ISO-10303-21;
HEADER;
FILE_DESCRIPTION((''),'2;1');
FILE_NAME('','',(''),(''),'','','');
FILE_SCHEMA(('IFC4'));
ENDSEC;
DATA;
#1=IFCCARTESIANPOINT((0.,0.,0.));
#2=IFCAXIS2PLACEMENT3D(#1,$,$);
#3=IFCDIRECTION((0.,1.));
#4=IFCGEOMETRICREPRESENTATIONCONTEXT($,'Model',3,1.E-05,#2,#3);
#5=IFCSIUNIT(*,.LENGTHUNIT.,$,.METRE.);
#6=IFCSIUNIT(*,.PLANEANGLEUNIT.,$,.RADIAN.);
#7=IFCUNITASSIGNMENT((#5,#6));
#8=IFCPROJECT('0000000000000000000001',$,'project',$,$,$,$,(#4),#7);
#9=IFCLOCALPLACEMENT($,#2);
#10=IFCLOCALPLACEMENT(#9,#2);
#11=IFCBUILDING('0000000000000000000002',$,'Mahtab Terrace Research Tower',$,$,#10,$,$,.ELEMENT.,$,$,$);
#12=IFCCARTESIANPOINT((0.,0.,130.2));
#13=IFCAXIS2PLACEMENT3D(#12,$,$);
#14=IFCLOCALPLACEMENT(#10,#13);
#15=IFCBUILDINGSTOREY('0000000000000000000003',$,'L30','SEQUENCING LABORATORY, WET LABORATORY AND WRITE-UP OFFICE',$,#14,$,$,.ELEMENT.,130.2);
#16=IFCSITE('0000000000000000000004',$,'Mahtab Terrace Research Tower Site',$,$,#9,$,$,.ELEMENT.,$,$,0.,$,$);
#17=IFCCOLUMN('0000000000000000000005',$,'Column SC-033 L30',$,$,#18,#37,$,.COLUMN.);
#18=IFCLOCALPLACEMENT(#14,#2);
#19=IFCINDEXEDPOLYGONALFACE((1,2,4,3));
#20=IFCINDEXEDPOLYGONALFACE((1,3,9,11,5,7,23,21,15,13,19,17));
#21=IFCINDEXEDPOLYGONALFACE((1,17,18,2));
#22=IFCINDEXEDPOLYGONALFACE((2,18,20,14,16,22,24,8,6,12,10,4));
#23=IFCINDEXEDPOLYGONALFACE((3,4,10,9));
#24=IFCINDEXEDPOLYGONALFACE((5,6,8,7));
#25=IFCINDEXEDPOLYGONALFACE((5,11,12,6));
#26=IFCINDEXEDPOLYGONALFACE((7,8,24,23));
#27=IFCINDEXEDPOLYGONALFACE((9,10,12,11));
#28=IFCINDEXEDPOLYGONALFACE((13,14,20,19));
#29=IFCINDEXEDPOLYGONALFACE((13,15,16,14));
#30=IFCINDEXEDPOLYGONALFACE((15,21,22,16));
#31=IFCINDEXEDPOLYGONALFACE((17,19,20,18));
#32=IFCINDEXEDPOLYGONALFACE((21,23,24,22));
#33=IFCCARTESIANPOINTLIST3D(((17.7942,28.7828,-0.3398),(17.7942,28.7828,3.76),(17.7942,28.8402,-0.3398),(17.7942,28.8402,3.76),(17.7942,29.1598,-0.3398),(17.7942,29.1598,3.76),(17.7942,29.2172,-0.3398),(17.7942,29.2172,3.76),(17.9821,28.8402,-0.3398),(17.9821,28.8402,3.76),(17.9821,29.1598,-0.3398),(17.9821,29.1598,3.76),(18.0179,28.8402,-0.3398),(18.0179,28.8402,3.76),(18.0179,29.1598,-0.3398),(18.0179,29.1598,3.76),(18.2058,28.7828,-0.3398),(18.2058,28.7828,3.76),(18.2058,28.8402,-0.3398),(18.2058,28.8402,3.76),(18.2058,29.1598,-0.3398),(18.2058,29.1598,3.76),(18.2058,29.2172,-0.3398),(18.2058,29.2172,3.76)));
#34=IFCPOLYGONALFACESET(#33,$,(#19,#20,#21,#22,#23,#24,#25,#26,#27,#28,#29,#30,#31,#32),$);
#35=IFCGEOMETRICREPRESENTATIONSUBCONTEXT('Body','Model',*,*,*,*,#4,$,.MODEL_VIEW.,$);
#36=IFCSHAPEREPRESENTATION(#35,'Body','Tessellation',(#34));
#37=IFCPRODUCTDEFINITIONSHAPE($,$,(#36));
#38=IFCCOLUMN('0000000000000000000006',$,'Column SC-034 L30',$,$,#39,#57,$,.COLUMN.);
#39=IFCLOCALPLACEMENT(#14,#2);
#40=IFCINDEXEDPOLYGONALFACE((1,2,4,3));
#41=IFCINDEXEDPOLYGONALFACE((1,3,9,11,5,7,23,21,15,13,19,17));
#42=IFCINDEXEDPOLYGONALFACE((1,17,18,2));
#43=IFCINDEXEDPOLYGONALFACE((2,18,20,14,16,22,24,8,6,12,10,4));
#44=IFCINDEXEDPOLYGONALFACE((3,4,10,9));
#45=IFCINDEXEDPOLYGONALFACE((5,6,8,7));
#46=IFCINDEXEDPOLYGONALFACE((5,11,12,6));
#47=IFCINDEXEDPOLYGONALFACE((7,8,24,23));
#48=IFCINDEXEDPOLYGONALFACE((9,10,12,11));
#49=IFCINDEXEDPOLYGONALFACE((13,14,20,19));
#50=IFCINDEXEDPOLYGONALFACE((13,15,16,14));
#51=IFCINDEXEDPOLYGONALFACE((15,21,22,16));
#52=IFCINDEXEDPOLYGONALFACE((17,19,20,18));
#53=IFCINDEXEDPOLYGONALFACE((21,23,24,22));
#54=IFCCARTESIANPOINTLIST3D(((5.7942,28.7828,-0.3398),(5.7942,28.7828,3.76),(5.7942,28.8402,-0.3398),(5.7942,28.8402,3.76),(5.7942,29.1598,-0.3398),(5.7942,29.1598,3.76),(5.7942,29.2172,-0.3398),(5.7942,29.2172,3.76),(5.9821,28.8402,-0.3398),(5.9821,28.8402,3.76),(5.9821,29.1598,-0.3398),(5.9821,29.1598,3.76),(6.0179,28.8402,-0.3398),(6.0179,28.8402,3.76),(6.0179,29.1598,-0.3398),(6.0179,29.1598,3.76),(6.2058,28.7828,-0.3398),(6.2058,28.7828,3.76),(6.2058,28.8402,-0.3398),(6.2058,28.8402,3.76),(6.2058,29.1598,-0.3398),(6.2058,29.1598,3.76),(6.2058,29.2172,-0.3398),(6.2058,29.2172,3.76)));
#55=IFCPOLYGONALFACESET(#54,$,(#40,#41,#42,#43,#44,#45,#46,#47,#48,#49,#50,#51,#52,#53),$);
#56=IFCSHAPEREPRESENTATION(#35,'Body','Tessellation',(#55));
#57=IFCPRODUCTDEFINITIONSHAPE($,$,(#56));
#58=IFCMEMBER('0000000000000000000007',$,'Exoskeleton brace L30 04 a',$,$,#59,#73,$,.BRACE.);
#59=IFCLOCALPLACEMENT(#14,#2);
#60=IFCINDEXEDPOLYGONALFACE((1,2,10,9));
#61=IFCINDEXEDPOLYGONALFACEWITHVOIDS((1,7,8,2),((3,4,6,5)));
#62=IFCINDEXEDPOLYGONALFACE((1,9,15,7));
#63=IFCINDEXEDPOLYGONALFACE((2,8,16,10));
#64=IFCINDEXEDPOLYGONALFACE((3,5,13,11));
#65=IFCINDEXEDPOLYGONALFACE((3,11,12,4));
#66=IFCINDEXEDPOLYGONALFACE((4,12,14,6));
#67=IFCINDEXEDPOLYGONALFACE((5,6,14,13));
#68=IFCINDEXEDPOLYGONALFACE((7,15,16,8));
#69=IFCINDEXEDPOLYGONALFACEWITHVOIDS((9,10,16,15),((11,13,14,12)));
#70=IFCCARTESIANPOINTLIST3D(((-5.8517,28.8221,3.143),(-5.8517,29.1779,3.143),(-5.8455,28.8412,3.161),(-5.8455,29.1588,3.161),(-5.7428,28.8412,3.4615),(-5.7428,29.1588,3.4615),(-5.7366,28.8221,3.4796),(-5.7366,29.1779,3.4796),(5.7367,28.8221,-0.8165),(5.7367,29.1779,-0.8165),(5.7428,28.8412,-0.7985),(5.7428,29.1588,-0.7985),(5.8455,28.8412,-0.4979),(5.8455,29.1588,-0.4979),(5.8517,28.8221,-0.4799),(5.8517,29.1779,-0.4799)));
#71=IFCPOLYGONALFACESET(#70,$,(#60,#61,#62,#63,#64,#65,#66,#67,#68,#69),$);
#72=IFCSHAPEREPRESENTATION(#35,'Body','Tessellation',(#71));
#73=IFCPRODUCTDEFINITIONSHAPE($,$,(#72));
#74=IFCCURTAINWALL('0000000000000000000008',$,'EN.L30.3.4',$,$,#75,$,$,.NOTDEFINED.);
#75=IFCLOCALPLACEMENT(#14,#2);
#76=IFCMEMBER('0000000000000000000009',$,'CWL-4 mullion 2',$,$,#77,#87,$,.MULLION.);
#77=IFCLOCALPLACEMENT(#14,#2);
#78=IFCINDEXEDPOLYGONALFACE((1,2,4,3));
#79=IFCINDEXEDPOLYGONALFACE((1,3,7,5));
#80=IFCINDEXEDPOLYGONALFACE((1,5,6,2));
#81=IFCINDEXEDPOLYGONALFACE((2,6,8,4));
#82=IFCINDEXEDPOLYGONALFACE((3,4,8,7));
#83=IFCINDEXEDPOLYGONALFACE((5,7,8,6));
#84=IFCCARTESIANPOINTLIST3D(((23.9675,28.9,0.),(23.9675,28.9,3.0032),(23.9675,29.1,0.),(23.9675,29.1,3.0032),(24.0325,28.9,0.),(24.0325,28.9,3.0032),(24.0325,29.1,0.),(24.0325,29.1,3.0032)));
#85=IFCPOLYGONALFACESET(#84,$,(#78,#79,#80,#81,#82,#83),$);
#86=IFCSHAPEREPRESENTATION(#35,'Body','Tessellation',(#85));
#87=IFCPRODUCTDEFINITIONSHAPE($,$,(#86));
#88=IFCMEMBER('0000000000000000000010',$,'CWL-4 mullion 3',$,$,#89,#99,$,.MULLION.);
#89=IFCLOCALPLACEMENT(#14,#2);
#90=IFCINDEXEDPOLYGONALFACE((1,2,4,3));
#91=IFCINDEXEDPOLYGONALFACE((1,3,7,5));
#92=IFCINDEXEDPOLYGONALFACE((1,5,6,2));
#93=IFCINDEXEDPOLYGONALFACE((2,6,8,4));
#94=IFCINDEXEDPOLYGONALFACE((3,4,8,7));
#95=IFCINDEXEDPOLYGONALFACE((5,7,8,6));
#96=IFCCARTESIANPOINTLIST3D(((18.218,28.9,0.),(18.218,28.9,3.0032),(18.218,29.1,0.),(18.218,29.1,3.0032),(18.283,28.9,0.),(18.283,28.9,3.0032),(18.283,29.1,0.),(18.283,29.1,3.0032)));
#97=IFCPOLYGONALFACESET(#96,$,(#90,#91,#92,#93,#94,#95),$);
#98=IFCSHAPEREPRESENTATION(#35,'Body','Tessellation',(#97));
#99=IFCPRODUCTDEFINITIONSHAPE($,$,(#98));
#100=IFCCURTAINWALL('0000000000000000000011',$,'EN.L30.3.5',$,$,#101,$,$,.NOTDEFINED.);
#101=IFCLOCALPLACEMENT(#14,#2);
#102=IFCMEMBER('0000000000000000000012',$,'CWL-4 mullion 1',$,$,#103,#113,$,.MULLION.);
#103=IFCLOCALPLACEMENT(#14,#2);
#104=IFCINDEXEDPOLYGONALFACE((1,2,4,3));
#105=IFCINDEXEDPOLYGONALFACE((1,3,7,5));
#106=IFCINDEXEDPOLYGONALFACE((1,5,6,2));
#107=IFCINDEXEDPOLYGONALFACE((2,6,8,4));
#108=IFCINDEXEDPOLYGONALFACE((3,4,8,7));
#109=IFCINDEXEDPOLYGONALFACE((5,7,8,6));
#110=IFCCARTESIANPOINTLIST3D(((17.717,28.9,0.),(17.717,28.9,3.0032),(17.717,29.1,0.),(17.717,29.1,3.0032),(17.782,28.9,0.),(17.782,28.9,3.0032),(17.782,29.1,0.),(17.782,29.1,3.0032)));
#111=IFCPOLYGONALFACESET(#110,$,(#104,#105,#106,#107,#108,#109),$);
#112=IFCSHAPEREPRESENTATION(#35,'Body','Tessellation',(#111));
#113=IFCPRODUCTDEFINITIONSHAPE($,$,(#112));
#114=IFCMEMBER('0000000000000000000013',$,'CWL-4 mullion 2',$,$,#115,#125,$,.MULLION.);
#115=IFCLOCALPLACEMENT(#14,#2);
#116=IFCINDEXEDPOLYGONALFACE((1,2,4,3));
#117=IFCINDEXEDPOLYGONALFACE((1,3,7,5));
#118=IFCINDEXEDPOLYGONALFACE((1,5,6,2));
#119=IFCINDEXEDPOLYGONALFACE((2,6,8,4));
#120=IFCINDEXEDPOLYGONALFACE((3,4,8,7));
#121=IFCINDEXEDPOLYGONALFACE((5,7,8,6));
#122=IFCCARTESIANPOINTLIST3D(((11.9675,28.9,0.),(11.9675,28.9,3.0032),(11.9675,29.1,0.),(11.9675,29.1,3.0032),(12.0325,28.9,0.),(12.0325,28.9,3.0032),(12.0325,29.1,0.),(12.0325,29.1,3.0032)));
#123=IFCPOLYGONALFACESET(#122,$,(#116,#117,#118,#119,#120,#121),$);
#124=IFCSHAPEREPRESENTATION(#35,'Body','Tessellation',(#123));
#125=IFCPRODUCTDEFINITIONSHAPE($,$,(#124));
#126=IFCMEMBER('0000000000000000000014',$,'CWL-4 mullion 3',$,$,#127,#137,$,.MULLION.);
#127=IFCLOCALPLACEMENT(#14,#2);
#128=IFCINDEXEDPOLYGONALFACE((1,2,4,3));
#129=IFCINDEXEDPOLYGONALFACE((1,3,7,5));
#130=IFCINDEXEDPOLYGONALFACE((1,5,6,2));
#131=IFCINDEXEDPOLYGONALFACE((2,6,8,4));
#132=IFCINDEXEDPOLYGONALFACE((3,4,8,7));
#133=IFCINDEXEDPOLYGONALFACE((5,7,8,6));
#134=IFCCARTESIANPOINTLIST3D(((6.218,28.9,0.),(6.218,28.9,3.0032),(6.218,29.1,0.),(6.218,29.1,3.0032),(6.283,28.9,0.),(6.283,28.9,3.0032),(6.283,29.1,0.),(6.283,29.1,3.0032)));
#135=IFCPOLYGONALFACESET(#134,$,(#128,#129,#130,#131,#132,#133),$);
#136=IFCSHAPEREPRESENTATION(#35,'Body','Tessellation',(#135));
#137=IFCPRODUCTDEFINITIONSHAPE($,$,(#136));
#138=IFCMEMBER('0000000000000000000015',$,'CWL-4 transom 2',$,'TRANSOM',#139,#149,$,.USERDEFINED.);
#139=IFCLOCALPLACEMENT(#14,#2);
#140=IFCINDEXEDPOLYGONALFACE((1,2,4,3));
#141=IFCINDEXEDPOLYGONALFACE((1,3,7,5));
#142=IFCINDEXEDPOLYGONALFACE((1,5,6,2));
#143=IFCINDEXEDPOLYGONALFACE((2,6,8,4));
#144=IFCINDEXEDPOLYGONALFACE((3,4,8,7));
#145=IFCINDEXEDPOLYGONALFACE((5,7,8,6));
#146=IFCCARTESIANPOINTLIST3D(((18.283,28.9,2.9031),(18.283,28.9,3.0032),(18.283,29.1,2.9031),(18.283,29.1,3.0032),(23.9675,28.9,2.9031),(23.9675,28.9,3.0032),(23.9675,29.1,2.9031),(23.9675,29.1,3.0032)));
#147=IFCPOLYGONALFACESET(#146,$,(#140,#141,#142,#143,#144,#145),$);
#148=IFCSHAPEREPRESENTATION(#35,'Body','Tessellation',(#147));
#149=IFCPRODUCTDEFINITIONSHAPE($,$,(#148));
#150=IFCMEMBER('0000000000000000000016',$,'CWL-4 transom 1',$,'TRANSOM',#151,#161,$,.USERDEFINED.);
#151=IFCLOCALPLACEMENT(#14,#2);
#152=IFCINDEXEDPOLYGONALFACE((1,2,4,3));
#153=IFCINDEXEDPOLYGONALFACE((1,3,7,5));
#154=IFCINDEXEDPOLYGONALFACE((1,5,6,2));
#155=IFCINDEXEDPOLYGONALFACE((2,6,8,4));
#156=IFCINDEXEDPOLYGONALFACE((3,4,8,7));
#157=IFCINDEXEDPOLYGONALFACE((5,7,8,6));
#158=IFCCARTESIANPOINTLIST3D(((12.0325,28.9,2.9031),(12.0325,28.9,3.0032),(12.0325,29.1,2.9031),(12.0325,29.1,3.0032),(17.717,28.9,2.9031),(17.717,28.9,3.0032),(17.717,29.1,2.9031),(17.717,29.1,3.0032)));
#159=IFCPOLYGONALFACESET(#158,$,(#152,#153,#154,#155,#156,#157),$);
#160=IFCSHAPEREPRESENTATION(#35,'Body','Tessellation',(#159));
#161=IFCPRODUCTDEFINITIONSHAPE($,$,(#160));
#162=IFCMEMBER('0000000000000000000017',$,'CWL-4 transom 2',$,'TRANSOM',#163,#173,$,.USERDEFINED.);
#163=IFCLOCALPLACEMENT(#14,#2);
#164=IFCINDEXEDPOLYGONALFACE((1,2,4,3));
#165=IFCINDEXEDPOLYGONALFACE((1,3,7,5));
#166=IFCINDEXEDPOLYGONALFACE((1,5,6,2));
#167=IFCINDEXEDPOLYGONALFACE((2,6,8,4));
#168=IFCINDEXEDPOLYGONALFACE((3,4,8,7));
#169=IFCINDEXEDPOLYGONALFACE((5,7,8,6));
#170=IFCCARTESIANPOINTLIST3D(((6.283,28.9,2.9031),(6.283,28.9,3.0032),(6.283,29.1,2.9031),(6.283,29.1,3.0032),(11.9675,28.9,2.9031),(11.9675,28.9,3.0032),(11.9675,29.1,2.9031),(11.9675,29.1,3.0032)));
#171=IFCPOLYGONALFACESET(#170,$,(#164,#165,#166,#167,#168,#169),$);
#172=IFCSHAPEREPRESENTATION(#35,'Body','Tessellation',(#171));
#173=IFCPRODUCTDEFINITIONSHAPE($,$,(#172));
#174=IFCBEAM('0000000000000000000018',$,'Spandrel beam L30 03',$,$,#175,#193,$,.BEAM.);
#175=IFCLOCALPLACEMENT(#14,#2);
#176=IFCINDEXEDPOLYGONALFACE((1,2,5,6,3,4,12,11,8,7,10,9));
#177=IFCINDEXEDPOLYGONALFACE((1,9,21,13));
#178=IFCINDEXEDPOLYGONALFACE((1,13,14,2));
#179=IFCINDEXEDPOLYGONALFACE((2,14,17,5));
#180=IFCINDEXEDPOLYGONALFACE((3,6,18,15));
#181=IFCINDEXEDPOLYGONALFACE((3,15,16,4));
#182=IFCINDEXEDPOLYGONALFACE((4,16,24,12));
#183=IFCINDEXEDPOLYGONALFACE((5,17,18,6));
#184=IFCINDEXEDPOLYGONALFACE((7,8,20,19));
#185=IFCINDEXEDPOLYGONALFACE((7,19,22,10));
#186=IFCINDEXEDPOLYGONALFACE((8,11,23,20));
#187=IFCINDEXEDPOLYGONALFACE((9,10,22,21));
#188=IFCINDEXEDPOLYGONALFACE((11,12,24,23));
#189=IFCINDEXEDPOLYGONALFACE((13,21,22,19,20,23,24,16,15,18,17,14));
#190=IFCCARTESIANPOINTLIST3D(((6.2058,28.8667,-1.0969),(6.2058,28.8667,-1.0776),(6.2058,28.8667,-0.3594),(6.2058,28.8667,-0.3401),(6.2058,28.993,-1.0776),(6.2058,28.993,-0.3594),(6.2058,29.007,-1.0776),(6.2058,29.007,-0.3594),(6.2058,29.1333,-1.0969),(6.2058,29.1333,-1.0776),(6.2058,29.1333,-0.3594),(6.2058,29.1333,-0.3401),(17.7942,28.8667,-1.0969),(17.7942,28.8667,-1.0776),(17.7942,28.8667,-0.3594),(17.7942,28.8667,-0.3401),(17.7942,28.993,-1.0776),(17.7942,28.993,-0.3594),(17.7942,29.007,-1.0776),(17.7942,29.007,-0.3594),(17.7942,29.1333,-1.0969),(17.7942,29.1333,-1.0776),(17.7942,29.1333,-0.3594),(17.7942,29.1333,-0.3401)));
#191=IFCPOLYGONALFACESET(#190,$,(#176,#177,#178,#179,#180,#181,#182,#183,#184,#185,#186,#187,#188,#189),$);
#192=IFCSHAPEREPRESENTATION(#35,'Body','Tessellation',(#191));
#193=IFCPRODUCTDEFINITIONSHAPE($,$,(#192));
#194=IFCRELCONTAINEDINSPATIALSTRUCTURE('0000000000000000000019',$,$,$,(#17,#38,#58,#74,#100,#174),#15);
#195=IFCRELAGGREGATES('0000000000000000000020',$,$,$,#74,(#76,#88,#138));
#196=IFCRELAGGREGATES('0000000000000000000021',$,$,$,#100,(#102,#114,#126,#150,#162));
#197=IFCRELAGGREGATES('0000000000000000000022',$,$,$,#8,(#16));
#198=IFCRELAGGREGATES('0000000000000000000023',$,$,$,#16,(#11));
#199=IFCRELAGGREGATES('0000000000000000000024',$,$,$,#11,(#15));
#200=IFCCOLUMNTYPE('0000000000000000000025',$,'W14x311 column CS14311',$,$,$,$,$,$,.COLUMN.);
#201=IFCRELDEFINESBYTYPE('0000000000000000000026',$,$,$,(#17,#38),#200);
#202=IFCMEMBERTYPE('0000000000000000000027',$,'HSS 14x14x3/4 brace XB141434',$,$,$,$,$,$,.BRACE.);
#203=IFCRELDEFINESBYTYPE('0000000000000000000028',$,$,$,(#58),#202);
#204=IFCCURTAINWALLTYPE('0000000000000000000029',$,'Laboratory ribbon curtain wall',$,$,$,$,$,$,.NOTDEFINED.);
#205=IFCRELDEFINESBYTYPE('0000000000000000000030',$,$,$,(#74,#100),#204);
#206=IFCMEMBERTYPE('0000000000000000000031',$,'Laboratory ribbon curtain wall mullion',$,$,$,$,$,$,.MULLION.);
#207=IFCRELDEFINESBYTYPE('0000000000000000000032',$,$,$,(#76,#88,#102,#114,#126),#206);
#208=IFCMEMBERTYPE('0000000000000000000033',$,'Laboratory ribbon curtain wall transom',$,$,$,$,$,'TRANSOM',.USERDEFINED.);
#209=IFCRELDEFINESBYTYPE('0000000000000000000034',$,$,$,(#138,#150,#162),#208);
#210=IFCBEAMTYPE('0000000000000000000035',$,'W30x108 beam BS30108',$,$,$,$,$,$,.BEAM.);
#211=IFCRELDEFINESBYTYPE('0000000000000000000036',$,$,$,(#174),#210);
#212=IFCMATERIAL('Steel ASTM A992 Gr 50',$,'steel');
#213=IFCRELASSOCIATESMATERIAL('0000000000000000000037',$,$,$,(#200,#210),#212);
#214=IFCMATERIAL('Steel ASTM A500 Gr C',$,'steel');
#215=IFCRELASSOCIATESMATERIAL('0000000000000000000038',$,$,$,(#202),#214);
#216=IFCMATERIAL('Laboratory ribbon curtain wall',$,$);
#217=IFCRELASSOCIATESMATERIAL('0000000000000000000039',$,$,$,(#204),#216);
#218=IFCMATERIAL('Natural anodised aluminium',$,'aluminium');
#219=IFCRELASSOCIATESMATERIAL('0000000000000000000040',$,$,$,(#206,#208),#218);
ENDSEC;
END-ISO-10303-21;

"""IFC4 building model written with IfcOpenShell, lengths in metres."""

from ifc_helpers import new_model, si_unit, direction, frame, origin, origin_2d, place, context, subcontext, project, spatial, rectangle, hollow_rectangle, i_section, extrude, material, material_profile, profile_set, type_object, element, aggregate, save


model = new_model("IFC4")

# Units and contexts
model_context = context("Model", 3, precision=1e-05, world=origin(), true_north=direction((0.0, 1.0)))
body_context = subcontext(model_context, "Body", "Model", "MODEL_VIEW")
ifc_project = project(units=[si_unit("LENGTHUNIT", "METRE"), si_unit("PLANEANGLEUNIT", "RADIAN")], contexts=[model_context])

# Site, building, storey
site_placement = place(None, origin())
site = spatial("IfcSite", under=ifc_project, at=site_placement, Name="Mahtab Terrace Research Tower Site", CompositionType="ELEMENT", RefElevation=0.0)
building_placement = place(site_placement, origin())
building = spatial("IfcBuilding", under=site, at=building_placement, Name="Mahtab Terrace Research Tower", CompositionType="ELEMENT")
storey_placement = place(building_placement, frame((0.0, 0.0, 130.2)))
storey = spatial("IfcBuildingStorey", under=building, at=storey_placement, Name="L30", Description="SEQUENCING LABORATORY, WET LABORATORY AND WRITE-UP OFFICE", CompositionType="ELEMENT", Elevation=130.2)

# Columns
ifc_material_1 = material(Name="Steel ASTM A992 Gr 50", Category="steel")
ifc_material_profile_1 = material_profile(ifc_material_1, i_section(OverallWidth=0.4116, OverallDepth=0.4343, WebThickness=0.0359, FlangeThickness=0.0574, at=origin_2d()), Name="W14X311")
ifc_profile_set_1 = profile_set([ifc_material_profile_1], Name="Steel ASTM A992 Gr 50")
column_type = type_object("IfcColumnType", Name="W14x311 column CS14311", PredefinedType="COLUMN", material=ifc_profile_set_1)
for number, where, z_axis, x_axis, name in (
    (1, (18.0, 29.0, -0.3398), (0.0, 0.0, 1.0), (1.0, 0.0, 0.0), "Column SC-033 L30"),
    (2, (6.0, 29.0, -0.3398), (0.0, 0.0, 1.0), (1.0, 0.0, 0.0), "Column SC-034 L30"),
):
    element("IfcColumn", number, at=place(storey_placement, frame(where, z_axis=z_axis, x_axis=x_axis)), inside=storey, type_object=column_type, Name=name, PredefinedType="COLUMN", context=body_context, shape_type="SweptSolid", body=[
        extrude(i_section(OverallWidth=0.4116, OverallDepth=0.4343, WebThickness=0.0359, FlangeThickness=0.0574, at=origin_2d()), origin(), (0.0, 0.0, 1.0), 4.0999),
    ])

# Member
ifc_material_2 = material(Name="Steel ASTM A500 Gr C", Category="steel")
ifc_material_profile_2 = material_profile(ifc_material_2, hollow_rectangle(XDim=0.3557, YDim=0.3557, WallThickness=0.019, at=origin_2d()), Name="HSS14X14X3/4")
ifc_profile_set_2 = profile_set([ifc_material_profile_2], Name="Steel ASTM A500 Gr C")
member_type_1 = type_object("IfcMemberType", Name="HSS 14x14x3/4 brace XB141434", PredefinedType="BRACE", material=ifc_profile_set_2)
member_1_placement = place(storey_placement, frame((5.7942, 29.0, -0.6482), z_axis=(-0.946288, 0.0, 0.323324), x_axis=(0.0, -1.0, 0.0)))
element("IfcMember", 3, at=member_1_placement, inside=storey, type_object=member_type_1, Name="Exoskeleton brace L30 04 a", PredefinedType="BRACE", context=body_context, shape_type="SweptSolid", body=[
    extrude(hollow_rectangle(XDim=0.3557, YDim=0.3557, WallThickness=0.019, at=origin_2d()), origin(), (0.0, 0.0, 1.0), 12.2461),
])

# Curtain walls, members
ifc_material_3 = material(Name="Laboratory ribbon curtain wall")
curtain_wall_type = type_object("IfcCurtainWallType", Name="Laboratory ribbon curtain wall", PredefinedType="NOTDEFINED", material=ifc_material_3)
curtain_wall_1_placement = place(storey_placement, origin())
curtain_wall_1 = element("IfcCurtainWall", 4, at=curtain_wall_1_placement, inside=storey, type_object=curtain_wall_type, Name="EN.L30.3.4", PredefinedType="NOTDEFINED")
ifc_material_4 = material(Name="Natural anodised aluminium", Category="aluminium")
ifc_material_profile_3 = material_profile(ifc_material_4, rectangle(XDim=0.2, YDim=0.0649, at=origin_2d()), Name="MULLION 65x200")
ifc_profile_set_3 = profile_set([ifc_material_profile_3], Name="Natural anodised aluminium")
member_type_2 = type_object("IfcMemberType", Name="Laboratory ribbon curtain wall mullion", PredefinedType="MULLION", material=ifc_profile_set_3)
member_2_placement = place(storey_placement, frame((24.0, 29.0, 0.0), z_axis=(0.0, 0.0, 1.0), x_axis=(0.0, -1.0, 0.0)))
member_2 = element("IfcMember", 5, at=member_2_placement, type_object=member_type_2, Name="CWL-4 mullion 2", PredefinedType="MULLION", context=body_context, shape_type="SweptSolid", body=[
    extrude(rectangle(XDim=0.2, YDim=0.0649, at=origin_2d()), origin(), (0.0, 0.0, 1.0), 3.0032),
])
member_3_placement = place(storey_placement, frame((18.2505, 29.0, 0.0), z_axis=(0.0, 0.0, 1.0), x_axis=(0.0, -1.0, 0.0)))
member_3 = element("IfcMember", 6, at=member_3_placement, type_object=member_type_2, Name="CWL-4 mullion 3", PredefinedType="MULLION", context=body_context, shape_type="SweptSolid", body=[
    extrude(rectangle(XDim=0.2, YDim=0.0649, at=origin_2d()), origin(), (0.0, 0.0, 1.0), 3.0032),
])
curtain_wall_2_placement = place(storey_placement, origin())
curtain_wall_2 = element("IfcCurtainWall", 7, at=curtain_wall_2_placement, inside=storey, type_object=curtain_wall_type, Name="EN.L30.3.5", PredefinedType="NOTDEFINED")
member_4_placement = place(storey_placement, frame((17.7495, 29.0, 0.0), z_axis=(0.0, 0.0, 1.0), x_axis=(0.0, -1.0, 0.0)))
member_4 = element("IfcMember", 8, at=member_4_placement, type_object=member_type_2, Name="CWL-4 mullion 1", PredefinedType="MULLION", context=body_context, shape_type="SweptSolid", body=[
    extrude(rectangle(XDim=0.2, YDim=0.0649, at=origin_2d()), origin(), (0.0, 0.0, 1.0), 3.0032),
])
member_5_placement = place(storey_placement, frame((12.0, 29.0, 0.0), z_axis=(0.0, 0.0, 1.0), x_axis=(0.0, -1.0, 0.0)))
member_5 = element("IfcMember", 9, at=member_5_placement, type_object=member_type_2, Name="CWL-4 mullion 2", PredefinedType="MULLION", context=body_context, shape_type="SweptSolid", body=[
    extrude(rectangle(XDim=0.2, YDim=0.0649, at=origin_2d()), origin(), (0.0, 0.0, 1.0), 3.0032),
])
member_6_placement = place(storey_placement, frame((6.2505, 29.0, 0.0), z_axis=(0.0, 0.0, 1.0), x_axis=(0.0, -1.0, 0.0)))
member_6 = element("IfcMember", 10, at=member_6_placement, type_object=member_type_2, Name="CWL-4 mullion 3", PredefinedType="MULLION", context=body_context, shape_type="SweptSolid", body=[
    extrude(rectangle(XDim=0.2, YDim=0.0649, at=origin_2d()), origin(), (0.0, 0.0, 1.0), 3.0032),
])

# Members
ifc_material_profile_4 = material_profile(ifc_material_4, rectangle(XDim=0.2, YDim=0.1001, at=origin_2d()), Name="TRANSOM 100x200")
ifc_profile_set_4 = profile_set([ifc_material_profile_4], Name="Natural anodised aluminium")
member_type_3 = type_object("IfcMemberType", Name="Laboratory ribbon curtain wall transom", ElementType="TRANSOM", PredefinedType="USERDEFINED", material=ifc_profile_set_4)
member_7_placement = place(storey_placement, frame((23.9675, 29.0, 2.9531), z_axis=(-1.0, 0.0, 0.0), x_axis=(0.0, -1.0, 0.0)))
member_7 = element("IfcMember", 11, at=member_7_placement, type_object=member_type_3, Name="CWL-4 transom 2", ObjectType="TRANSOM", PredefinedType="USERDEFINED", context=body_context, shape_type="SweptSolid", body=[
    extrude(rectangle(XDim=0.2, YDim=0.1001, at=origin_2d()), origin(), (0.0, 0.0, 1.0), 5.6846),
])
member_8_placement = place(storey_placement, frame((17.717, 29.0, 2.9531), z_axis=(-1.0, 0.0, 0.0), x_axis=(0.0, -1.0, 0.0)))
member_8 = element("IfcMember", 12, at=member_8_placement, type_object=member_type_3, Name="CWL-4 transom 1", ObjectType="TRANSOM", PredefinedType="USERDEFINED", context=body_context, shape_type="SweptSolid", body=[
    extrude(rectangle(XDim=0.2, YDim=0.1001, at=origin_2d()), origin(), (0.0, 0.0, 1.0), 5.6846),
])
member_9_placement = place(storey_placement, frame((11.9675, 29.0, 2.9531), z_axis=(-1.0, 0.0, 0.0), x_axis=(0.0, -1.0, 0.0)))
member_9 = element("IfcMember", 13, at=member_9_placement, type_object=member_type_3, Name="CWL-4 transom 2", ObjectType="TRANSOM", PredefinedType="USERDEFINED", context=body_context, shape_type="SweptSolid", body=[
    extrude(rectangle(XDim=0.2, YDim=0.1001, at=origin_2d()), origin(), (0.0, 0.0, 1.0), 5.6846),
])

# Beam
ifc_material_profile_5 = material_profile(ifc_material_1, i_section(OverallWidth=0.2666, OverallDepth=0.7568, WebThickness=0.0139, FlangeThickness=0.0193, at=origin_2d()), Name="W30X108")
ifc_profile_set_5 = profile_set([ifc_material_profile_5], Name="Steel ASTM A992 Gr 50")
beam_type = type_object("IfcBeamType", Name="W30x108 beam BS30108", PredefinedType="BEAM", material=ifc_profile_set_5)
for number, where, z_axis, x_axis, name in (
    (14, (17.7942, 29.0, -0.7185), (-1.0, 0.0, 0.0), (0.0, -1.0, 0.0), "Spandrel beam L30 03"),
):
    element("IfcBeam", number, at=place(storey_placement, frame(where, z_axis=z_axis, x_axis=x_axis)), inside=storey, type_object=beam_type, Name=name, PredefinedType="BEAM", context=body_context, shape_type="SweptSolid", body=[
        extrude(i_section(OverallWidth=0.2666, OverallDepth=0.7568, WebThickness=0.0139, FlangeThickness=0.0193, at=origin_2d()), origin(), (0.0, 0.0, 1.0), 11.5884),
    ])

aggregate(curtain_wall_1, [member_2, member_3, member_7])
aggregate(curtain_wall_2, [member_4, member_5, member_6, member_8, member_9])

save(model, "model.ifc")
